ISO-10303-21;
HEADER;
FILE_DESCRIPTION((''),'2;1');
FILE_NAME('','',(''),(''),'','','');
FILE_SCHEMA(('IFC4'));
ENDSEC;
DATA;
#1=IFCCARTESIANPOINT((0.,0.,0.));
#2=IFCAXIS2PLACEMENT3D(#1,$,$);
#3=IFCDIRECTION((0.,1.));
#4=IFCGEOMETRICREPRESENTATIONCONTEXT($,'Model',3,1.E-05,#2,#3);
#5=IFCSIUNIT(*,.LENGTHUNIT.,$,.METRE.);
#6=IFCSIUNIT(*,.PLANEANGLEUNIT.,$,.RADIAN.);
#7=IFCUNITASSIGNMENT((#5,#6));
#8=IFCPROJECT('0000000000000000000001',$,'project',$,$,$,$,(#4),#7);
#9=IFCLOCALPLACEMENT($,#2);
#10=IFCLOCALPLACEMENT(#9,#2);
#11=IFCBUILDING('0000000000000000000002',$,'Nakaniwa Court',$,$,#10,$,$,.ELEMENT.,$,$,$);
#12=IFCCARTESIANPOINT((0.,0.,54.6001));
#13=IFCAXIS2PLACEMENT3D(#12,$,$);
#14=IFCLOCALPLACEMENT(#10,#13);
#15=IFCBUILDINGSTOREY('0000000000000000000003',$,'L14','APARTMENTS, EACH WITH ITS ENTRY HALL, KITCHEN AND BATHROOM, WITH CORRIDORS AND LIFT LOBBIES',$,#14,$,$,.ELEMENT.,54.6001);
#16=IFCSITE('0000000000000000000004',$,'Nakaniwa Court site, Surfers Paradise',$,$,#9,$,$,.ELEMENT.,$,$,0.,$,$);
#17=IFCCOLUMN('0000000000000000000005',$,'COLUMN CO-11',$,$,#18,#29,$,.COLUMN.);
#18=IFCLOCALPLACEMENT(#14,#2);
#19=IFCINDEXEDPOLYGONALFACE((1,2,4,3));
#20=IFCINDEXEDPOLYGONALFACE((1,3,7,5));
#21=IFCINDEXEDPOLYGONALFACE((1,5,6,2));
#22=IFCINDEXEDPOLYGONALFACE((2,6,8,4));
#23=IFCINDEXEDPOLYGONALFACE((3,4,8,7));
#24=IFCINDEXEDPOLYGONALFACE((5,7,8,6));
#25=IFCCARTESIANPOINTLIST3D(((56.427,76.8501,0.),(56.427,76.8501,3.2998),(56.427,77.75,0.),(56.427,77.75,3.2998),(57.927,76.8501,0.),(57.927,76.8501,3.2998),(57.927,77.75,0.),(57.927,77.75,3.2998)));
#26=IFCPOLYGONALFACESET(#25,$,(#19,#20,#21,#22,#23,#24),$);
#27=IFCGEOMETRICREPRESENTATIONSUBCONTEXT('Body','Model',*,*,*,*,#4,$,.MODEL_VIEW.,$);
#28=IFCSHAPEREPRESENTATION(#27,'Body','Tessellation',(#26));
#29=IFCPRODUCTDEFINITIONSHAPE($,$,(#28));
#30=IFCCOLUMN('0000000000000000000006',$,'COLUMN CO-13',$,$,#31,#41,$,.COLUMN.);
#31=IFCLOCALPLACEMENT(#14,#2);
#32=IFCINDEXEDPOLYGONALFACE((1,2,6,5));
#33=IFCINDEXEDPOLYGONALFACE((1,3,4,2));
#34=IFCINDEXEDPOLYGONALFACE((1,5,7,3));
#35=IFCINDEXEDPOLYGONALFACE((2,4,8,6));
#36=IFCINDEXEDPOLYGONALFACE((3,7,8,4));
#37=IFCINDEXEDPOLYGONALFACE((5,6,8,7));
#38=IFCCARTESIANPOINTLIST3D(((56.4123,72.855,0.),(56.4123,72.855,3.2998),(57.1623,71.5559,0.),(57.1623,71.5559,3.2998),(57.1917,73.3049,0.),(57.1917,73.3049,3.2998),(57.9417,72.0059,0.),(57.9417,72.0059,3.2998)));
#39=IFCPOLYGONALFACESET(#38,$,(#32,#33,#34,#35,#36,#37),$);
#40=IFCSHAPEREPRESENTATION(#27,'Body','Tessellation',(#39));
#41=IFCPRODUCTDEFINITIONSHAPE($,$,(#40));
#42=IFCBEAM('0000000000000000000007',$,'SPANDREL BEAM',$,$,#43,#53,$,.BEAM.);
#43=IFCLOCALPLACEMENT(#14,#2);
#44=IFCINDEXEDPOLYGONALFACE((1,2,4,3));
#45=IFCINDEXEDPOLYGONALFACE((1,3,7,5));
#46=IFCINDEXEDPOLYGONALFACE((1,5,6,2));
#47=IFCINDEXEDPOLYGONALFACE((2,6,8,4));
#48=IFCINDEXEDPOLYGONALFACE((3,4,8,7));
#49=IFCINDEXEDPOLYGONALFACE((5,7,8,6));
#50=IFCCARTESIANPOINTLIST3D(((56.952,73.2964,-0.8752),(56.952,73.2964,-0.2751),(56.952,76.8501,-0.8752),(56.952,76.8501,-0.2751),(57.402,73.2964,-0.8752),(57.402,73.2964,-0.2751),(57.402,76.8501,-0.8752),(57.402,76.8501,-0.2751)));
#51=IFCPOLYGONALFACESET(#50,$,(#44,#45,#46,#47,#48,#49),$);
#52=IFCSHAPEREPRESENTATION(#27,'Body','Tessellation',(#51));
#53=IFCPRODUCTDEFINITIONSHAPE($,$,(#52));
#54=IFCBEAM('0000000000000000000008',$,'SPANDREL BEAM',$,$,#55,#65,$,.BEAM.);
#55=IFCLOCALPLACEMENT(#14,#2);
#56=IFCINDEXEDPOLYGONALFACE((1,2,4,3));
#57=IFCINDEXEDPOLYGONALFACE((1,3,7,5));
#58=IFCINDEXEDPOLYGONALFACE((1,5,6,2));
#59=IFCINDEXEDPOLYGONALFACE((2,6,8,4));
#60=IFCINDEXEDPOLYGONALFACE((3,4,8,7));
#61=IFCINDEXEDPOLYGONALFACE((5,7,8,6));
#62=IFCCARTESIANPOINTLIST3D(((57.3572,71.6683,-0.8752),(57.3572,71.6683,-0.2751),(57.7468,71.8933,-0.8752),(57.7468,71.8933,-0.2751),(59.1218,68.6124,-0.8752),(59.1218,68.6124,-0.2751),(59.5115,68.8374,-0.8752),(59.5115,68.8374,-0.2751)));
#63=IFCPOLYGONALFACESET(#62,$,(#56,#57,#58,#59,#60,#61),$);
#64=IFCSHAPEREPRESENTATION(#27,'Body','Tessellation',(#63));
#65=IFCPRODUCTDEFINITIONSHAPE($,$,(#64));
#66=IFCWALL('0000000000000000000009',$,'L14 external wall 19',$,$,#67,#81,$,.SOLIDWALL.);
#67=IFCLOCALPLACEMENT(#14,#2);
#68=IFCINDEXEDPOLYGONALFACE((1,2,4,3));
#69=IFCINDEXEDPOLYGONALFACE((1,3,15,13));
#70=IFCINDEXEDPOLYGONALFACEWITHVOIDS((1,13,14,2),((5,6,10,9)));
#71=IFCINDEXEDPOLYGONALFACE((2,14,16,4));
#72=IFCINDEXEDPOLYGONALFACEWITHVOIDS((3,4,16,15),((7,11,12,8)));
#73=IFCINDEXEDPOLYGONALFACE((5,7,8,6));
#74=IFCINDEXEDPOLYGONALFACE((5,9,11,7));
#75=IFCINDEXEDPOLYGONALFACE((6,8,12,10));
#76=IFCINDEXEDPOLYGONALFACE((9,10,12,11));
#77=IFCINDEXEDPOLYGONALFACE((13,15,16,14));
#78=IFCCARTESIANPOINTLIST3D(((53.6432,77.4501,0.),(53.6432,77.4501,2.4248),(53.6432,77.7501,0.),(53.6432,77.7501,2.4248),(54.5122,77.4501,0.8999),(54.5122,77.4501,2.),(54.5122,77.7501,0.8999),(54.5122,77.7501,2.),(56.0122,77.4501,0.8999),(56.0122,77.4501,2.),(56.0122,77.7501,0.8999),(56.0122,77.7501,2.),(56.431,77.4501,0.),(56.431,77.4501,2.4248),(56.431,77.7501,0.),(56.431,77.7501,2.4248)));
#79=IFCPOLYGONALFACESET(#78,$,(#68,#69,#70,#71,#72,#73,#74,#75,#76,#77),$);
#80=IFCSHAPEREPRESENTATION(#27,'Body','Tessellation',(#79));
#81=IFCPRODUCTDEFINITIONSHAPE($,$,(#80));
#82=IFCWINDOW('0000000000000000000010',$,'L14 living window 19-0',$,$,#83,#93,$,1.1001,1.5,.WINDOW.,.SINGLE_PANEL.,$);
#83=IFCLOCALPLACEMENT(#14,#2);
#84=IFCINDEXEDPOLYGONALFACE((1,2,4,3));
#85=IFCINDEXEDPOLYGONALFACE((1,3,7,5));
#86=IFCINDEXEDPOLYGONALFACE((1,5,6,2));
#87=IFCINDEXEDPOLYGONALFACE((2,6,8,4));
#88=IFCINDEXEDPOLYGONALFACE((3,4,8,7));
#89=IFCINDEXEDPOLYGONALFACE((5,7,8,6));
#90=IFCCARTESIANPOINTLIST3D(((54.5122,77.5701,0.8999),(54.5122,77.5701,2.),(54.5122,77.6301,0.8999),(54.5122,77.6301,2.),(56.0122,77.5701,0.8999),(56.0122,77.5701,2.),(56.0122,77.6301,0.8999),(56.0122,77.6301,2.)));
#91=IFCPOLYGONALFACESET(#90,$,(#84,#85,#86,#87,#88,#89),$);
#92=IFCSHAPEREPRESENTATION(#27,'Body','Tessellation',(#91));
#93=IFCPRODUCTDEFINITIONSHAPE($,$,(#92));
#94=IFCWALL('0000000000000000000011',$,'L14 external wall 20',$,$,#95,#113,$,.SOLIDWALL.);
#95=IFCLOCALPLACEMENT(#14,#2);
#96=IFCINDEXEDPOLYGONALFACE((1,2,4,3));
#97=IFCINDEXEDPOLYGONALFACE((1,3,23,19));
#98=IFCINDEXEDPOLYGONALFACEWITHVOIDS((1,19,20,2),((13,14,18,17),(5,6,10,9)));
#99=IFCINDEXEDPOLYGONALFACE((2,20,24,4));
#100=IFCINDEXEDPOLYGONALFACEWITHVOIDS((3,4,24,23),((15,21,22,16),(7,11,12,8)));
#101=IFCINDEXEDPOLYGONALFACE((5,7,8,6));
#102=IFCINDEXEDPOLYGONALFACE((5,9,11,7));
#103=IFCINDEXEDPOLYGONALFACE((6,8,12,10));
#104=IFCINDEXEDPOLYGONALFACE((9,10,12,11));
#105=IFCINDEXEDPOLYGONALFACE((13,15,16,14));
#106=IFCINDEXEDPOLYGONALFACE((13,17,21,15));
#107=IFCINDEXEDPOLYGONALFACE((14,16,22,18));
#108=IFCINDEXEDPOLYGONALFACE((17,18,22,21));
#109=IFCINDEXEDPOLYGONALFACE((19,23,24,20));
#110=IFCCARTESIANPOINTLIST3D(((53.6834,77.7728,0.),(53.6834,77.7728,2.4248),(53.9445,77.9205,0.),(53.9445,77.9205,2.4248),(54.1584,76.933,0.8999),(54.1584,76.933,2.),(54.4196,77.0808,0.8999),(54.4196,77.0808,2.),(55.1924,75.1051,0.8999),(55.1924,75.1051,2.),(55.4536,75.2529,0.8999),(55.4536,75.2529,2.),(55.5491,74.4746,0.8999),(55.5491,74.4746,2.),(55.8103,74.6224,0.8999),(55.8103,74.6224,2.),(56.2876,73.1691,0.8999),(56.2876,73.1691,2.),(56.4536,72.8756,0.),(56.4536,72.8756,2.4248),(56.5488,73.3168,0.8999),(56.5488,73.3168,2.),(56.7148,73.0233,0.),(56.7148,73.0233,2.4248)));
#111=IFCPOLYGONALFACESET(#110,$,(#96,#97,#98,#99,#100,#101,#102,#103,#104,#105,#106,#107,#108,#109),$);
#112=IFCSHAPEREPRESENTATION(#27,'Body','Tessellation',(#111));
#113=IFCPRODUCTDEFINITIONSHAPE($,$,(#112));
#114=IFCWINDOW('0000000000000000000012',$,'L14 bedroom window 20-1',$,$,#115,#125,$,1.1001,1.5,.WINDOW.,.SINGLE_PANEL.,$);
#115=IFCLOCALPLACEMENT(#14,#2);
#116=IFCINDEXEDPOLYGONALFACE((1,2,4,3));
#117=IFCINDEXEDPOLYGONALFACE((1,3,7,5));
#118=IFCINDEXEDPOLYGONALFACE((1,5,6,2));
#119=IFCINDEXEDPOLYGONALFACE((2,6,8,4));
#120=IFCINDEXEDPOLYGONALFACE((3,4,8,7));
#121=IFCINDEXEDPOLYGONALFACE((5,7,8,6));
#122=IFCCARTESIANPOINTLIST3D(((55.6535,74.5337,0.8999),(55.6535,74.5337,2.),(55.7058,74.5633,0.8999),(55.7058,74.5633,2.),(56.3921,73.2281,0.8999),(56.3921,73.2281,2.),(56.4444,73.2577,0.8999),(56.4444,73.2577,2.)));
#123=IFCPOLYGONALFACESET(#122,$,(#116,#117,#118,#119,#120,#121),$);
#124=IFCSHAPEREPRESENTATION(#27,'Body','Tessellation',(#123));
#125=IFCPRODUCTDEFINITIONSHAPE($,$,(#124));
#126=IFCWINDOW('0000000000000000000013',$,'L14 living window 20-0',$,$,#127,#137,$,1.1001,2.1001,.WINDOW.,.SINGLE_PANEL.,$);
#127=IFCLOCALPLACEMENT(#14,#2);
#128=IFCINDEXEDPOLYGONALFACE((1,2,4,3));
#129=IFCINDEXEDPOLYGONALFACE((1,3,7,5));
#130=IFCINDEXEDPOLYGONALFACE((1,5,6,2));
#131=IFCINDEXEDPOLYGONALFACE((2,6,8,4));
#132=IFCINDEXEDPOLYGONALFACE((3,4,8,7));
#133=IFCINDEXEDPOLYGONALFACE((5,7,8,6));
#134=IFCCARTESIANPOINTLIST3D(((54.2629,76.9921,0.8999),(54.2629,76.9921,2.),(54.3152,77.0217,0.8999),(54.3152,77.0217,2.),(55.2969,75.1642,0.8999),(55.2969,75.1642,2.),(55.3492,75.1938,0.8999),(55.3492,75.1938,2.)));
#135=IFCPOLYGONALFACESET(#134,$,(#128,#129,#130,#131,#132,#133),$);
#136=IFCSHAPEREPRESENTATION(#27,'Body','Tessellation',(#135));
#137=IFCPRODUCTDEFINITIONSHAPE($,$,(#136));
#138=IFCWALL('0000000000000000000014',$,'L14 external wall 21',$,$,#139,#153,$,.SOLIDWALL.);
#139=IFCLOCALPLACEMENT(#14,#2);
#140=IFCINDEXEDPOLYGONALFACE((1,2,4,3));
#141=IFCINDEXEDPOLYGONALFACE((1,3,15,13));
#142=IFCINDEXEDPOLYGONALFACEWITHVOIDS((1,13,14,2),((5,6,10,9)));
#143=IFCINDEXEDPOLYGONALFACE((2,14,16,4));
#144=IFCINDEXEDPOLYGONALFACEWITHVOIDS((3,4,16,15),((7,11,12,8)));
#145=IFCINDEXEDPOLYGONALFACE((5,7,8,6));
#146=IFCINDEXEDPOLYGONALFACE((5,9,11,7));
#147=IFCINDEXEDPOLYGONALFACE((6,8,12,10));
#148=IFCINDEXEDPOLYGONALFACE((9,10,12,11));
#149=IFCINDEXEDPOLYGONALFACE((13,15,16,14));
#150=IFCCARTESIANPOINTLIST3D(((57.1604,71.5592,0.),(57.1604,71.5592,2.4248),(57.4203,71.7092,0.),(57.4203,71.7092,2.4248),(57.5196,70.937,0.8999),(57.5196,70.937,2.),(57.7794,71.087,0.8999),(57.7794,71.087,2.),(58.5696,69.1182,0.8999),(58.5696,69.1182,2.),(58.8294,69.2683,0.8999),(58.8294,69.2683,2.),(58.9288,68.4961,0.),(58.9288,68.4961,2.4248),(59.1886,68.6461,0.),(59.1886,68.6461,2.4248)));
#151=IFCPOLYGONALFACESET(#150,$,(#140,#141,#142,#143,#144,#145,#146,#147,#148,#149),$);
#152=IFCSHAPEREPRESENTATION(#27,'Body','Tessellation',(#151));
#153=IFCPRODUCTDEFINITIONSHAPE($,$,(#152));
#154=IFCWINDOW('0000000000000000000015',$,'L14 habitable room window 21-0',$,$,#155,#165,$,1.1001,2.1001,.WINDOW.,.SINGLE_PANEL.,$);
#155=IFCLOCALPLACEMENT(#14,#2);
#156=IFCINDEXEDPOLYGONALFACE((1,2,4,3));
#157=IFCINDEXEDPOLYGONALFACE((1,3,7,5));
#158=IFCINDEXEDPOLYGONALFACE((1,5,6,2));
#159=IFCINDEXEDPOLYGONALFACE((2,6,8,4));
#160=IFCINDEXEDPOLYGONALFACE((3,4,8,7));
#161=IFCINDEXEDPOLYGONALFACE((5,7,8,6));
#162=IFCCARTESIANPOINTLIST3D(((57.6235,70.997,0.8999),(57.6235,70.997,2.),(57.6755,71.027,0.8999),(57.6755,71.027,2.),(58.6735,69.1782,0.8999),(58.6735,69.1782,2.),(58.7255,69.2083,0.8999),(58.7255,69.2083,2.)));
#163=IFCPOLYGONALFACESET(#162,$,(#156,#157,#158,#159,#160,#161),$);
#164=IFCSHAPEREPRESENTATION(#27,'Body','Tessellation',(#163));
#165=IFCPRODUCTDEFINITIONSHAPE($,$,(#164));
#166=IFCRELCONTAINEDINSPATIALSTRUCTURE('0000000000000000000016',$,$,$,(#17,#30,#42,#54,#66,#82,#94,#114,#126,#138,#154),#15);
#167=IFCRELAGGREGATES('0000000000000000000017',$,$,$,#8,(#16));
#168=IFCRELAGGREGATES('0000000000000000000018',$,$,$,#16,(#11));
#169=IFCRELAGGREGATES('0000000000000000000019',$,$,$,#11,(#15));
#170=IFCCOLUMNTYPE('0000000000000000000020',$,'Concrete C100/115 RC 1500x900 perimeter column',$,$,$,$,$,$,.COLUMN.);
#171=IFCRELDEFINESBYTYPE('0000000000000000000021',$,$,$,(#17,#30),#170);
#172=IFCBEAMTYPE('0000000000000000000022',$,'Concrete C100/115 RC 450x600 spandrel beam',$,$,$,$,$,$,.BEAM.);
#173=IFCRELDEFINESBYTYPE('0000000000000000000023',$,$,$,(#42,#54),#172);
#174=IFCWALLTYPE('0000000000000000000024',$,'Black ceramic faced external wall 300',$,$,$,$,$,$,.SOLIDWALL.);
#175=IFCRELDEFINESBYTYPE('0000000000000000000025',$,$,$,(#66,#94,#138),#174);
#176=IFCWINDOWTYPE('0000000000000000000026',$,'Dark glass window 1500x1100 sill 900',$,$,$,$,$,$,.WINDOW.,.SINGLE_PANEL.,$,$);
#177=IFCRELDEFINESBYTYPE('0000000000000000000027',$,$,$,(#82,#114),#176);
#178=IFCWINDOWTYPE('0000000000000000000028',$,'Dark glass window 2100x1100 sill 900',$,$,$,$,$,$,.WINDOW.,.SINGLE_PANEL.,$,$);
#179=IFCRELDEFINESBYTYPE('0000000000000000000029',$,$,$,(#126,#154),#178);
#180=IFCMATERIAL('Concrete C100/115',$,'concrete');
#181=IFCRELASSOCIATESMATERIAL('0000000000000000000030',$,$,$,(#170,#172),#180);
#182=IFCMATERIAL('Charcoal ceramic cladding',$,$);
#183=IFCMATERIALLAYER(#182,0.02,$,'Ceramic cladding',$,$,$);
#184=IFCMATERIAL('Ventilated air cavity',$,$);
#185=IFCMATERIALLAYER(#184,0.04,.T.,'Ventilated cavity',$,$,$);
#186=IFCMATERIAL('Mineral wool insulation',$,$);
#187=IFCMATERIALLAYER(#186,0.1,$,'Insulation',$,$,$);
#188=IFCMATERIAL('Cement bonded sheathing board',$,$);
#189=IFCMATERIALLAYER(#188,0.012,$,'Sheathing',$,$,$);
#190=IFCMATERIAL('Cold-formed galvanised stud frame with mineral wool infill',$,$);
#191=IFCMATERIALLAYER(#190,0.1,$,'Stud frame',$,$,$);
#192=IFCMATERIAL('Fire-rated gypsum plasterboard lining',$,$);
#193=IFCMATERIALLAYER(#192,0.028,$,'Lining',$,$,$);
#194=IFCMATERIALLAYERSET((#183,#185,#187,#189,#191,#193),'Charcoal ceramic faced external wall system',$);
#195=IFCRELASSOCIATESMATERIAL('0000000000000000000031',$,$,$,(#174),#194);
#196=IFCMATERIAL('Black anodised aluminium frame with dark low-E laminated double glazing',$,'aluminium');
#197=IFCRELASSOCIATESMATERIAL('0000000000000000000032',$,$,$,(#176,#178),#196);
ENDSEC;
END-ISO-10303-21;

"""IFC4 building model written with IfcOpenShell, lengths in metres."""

from ifc_helpers import new_model, si_unit, direction, frame, frame_2d, origin, origin_2d, place, context, subcontext, project, spatial, rectangle, extrude, material, layer, layer_set, material_profile, profile_set, type_object, element, fill, save


model = new_model("IFC4")

# Units and contexts
model_context = context("Model", 3, precision=1e-05, world=origin(), true_north=direction((0.0, 1.0)))
body_context = subcontext(model_context, "Body", "Model", "MODEL_VIEW")
ifc_project = project(units=[si_unit("LENGTHUNIT", "METRE"), si_unit("PLANEANGLEUNIT", "RADIAN")], contexts=[model_context])

# Site, building, storey
site_placement = place(None, origin())
site = spatial("IfcSite", under=ifc_project, at=site_placement, Name="Nakaniwa Court site, Surfers Paradise", CompositionType="ELEMENT", RefElevation=0.0)
building_placement = place(site_placement, origin())
building = spatial("IfcBuilding", under=site, at=building_placement, Name="Nakaniwa Court", CompositionType="ELEMENT")
storey_placement = place(building_placement, frame((0.0, 0.0, 54.6001)))
storey = spatial("IfcBuildingStorey", under=building, at=storey_placement, Name="L14", Description="APARTMENTS, EACH WITH ITS ENTRY HALL, KITCHEN AND BATHROOM, WITH CORRIDORS AND LIFT LOBBIES", CompositionType="ELEMENT", Elevation=54.6001)

# Columns
ifc_material_1 = material(Name="Concrete C100/115", Category="concrete")
ifc_material_profile_1 = material_profile(ifc_material_1, rectangle(XDim=1.5, YDim=0.8999, at=origin_2d()), Name="Concrete C100/115 RC 1500x900 perimeter column")
ifc_profile_set_1 = profile_set([ifc_material_profile_1], Name="Concrete C100/115")
column_type = type_object("IfcColumnType", Name="Concrete C100/115 RC 1500x900 perimeter column", PredefinedType="COLUMN", material=ifc_profile_set_1)
for number, where, z_axis, x_axis, name in (
    (1, (57.177, 77.3, 0.0), (0.0, 0.0, 1.0), (-1.0, 0.0, 0.0), "COLUMN CO-11"),
    (2, (57.177, 72.4304, 0.0), (0.0, 0.0, 1.0), (0.5, -0.866025, 0.0), "COLUMN CO-13"),
):
    element("IfcColumn", number, at=place(storey_placement, frame(where, z_axis=z_axis, x_axis=x_axis)), inside=storey, type_object=column_type, Name=name, PredefinedType="COLUMN", context=body_context, shape_type="SweptSolid", body=[
        extrude(rectangle(XDim=1.5, YDim=0.8999, at=origin_2d()), origin(), (0.0, 0.0, 1.0), 3.2998),
    ])

# Beams
ifc_material_profile_2 = material_profile(ifc_material_1, rectangle(XDim=0.45, YDim=0.6001, at=origin_2d()), Name="Concrete C100/115 RC 450x600 spandrel beam")
ifc_profile_set_2 = profile_set([ifc_material_profile_2], Name="Concrete C100/115")
beam_type = type_object("IfcBeamType", Name="Concrete C100/115 RC 450x600 spandrel beam", PredefinedType="BEAM", material=ifc_profile_set_2)
beam_1_placement = place(storey_placement, frame((57.177, 76.8501, -0.5752), z_axis=(0.0, -1.0, 0.0), x_axis=(1.0, 0.0, 0.0)))
element("IfcBeam", 3, at=beam_1_placement, inside=storey, type_object=beam_type, Name="SPANDREL BEAM", PredefinedType="BEAM", context=body_context, shape_type="SweptSolid", body=[
    extrude(rectangle(XDim=0.45, YDim=0.6001, at=origin_2d()), origin(), (0.0, 0.0, 1.0), 3.5537),
])
beam_2_placement = place(storey_placement, frame((57.552, 71.7808, -0.5752), z_axis=(0.500068, -0.865986, 0.0), x_axis=(0.865986, 0.500068, 0.0)))
element("IfcBeam", 4, at=beam_2_placement, inside=storey, type_object=beam_type, Name="SPANDREL BEAM", PredefinedType="BEAM", context=body_context, shape_type="SweptSolid", body=[
    extrude(rectangle(XDim=0.45, YDim=0.6001, at=origin_2d()), origin(), (0.0, 0.0, 1.0), 3.5288),
])

# Wall, opening, window
ifc_material_2 = material(Name="Charcoal ceramic cladding")
ifc_layer_1 = layer(ifc_material_2, 0.02, Name="Ceramic cladding")
ifc_material_3 = material(Name="Ventilated air cavity")
ifc_layer_2 = layer(ifc_material_3, 0.04, ventilated=True, Name="Ventilated cavity")
ifc_material_4 = material(Name="Mineral wool insulation")
ifc_layer_3 = layer(ifc_material_4, 0.1, Name="Insulation")
ifc_material_5 = material(Name="Cement bonded sheathing board")
ifc_layer_4 = layer(ifc_material_5, 0.012, Name="Sheathing")
ifc_material_6 = material(Name="Cold-formed galvanised stud frame with mineral wool infill")
ifc_layer_5 = layer(ifc_material_6, 0.1, Name="Stud frame")
ifc_material_7 = material(Name="Fire-rated gypsum plasterboard lining")
ifc_layer_6 = layer(ifc_material_7, 0.028, Name="Lining")
ifc_layer_set_1 = layer_set([ifc_layer_1, ifc_layer_2, ifc_layer_3, ifc_layer_4, ifc_layer_5, ifc_layer_6], Name="Charcoal ceramic faced external wall system")
wall_type_1 = type_object("IfcWallType", Name="Black ceramic faced external wall 300", PredefinedType="SOLIDWALL", material=ifc_layer_set_1)
wall_1_placement = place(storey_placement, frame((56.4312, 77.6001, 0.0), z_axis=(0.0, 0.0, 1.0), x_axis=(-1.0, 0.0, 0.0)))
wall_1 = element("IfcWall", 5, at=wall_1_placement, inside=storey, type_object=wall_type_1, Name="L14 external wall 19", PredefinedType="SOLIDWALL", context=body_context, shape_type="SweptSolid", body=[
    extrude(rectangle(XDim=2.7878, YDim=0.3, at=frame_2d((1.394, 0.0))), origin(), (0.0, 0.0, 1.0), 2.4248),
])
opening_1_placement = place(wall_1_placement, frame((0.4189, 0.0, 0.8999)))
opening_1 = element("IfcOpeningElement", 6, at=opening_1_placement, cuts=wall_1, PredefinedType="OPENING", context=body_context, shape_type="SweptSolid", body=[
    extrude(rectangle(XDim=1.5, YDim=1.1001, at=frame_2d((0.75, 0.55))), frame((0.0, 0.1599, 0.0), z_axis=(0.0, -1.0, 0.0), x_axis=(1.0, 0.0, 0.0)), (0.0, 0.0, 1.0), 0.3201),
])
ifc_material_8 = material(Name="Black anodised aluminium frame with dark low-E laminated double glazing", Category="aluminium")
window_type_1 = type_object("IfcWindowType", Name="Dark glass window 1500x1100 sill 900", PartitioningType="SINGLE_PANEL", PredefinedType="WINDOW", material=ifc_material_8)
window_1_placement = place(opening_1_placement, origin())
window_1 = element("IfcWindow", 7, at=window_1_placement, inside=storey, type_object=window_type_1, Name="L14 living window 19-0", OverallHeight=1.1001, OverallWidth=1.5, PartitioningType="SINGLE_PANEL", PredefinedType="WINDOW", context=body_context, shape_type="SweptSolid", body=[
    extrude(rectangle(XDim=1.5, YDim=1.1001, at=frame_2d((0.75, 0.55))), frame((0.0, 0.03, 0.0), z_axis=(0.0, -1.0, 0.0), x_axis=(1.0, 0.0, 0.0)), (0.0, 0.0, 1.0), 0.0601),
])
fill(opening_1, window_1)

# Wall, openings, windows
wall_2_placement = place(storey_placement, frame((53.814, 77.8467, 0.0), z_axis=(0.0, 0.0, 1.0), x_axis=(0.492363, -0.87039, 0.0)))
wall_2 = element("IfcWall", 8, at=wall_2_placement, inside=storey, type_object=wall_type_1, Name="L14 external wall 20", PredefinedType="SOLIDWALL", context=body_context, shape_type="SweptSolid", body=[
    extrude(rectangle(XDim=5.6265, YDim=0.3, at=frame_2d((2.8132, 0.0))), origin(), (0.0, 0.0, 1.0), 2.4248),
])
opening_2_placement = place(wall_2_placement, frame((0.9648, 0.0, 0.8999)))
opening_2 = element("IfcOpeningElement", 9, at=opening_2_placement, cuts=wall_2, PredefinedType="OPENING", context=body_context, shape_type="SweptSolid", body=[
    extrude(rectangle(XDim=2.1001, YDim=1.1001, at=frame_2d((1.05, 0.55))), frame((0.0, 0.1599, 0.0), z_axis=(0.0, -1.0, 0.0), x_axis=(1.0, 0.0, 0.0)), (0.0, 0.0, 1.0), 0.3201),
])
opening_3_placement = place(wall_2_placement, frame((3.7893, 0.0, 0.8999)))
opening_3 = element("IfcOpeningElement", 10, at=opening_3_placement, cuts=wall_2, PredefinedType="OPENING", context=body_context, shape_type="SweptSolid", body=[
    extrude(rectangle(XDim=1.5, YDim=1.1001, at=frame_2d((0.75, 0.55))), frame((0.0, 0.1599, 0.0), z_axis=(0.0, -1.0, 0.0), x_axis=(1.0, 0.0, 0.0)), (0.0, 0.0, 1.0), 0.3201),
])
window_2_placement = place(opening_3_placement, origin())
window_2 = element("IfcWindow", 11, at=window_2_placement, inside=storey, type_object=window_type_1, Name="L14 bedroom window 20-1", OverallHeight=1.1001, OverallWidth=1.5, PartitioningType="SINGLE_PANEL", PredefinedType="WINDOW", context=body_context, shape_type="SweptSolid", body=[
    extrude(rectangle(XDim=1.5, YDim=1.1001, at=frame_2d((0.75, 0.55))), frame((0.0, 0.03, 0.0), z_axis=(0.0, -1.0, 0.0), x_axis=(1.0, 0.0, 0.0)), (0.0, 0.0, 1.0), 0.0601),
])
fill(opening_3, window_2)
window_type_2 = type_object("IfcWindowType", Name="Dark glass window 2100x1100 sill 900", PartitioningType="SINGLE_PANEL", PredefinedType="WINDOW", material=ifc_material_8)
window_3_placement = place(opening_2_placement, origin())
window_3 = element("IfcWindow", 12, at=window_3_placement, inside=storey, type_object=window_type_2, Name="L14 living window 20-0", OverallHeight=1.1001, OverallWidth=2.1001, PartitioningType="SINGLE_PANEL", PredefinedType="WINDOW", context=body_context, shape_type="SweptSolid", body=[
    extrude(rectangle(XDim=2.1001, YDim=1.1001, at=frame_2d((1.05, 0.55))), frame((0.0, 0.03, 0.0), z_axis=(0.0, -1.0, 0.0), x_axis=(1.0, 0.0, 0.0)), (0.0, 0.0, 1.0), 0.0601),
])
fill(opening_2, window_3)

# Wall, opening, window
wall_3_placement = place(storey_placement, frame((57.2903, 71.6343, 0.0), z_axis=(0.0, 0.0, 1.0), x_axis=(0.499977, -0.866038, 0.0)))
wall_3 = element("IfcWall", 13, at=wall_3_placement, inside=storey, type_object=wall_type_1, Name="L14 external wall 21", PredefinedType="SOLIDWALL", context=body_context, shape_type="SweptSolid", body=[
    extrude(rectangle(XDim=3.5369, YDim=0.3, at=frame_2d((1.7686, 0.0))), origin(), (0.0, 0.0, 1.0), 2.4248),
])
opening_4_placement = place(wall_3_placement, frame((0.7185, 0.0, 0.8999)))
opening_4 = element("IfcOpeningElement", 14, at=opening_4_placement, cuts=wall_3, PredefinedType="OPENING", context=body_context, shape_type="SweptSolid", body=[
    extrude(rectangle(XDim=2.1001, YDim=1.1001, at=frame_2d((1.05, 0.55))), frame((0.0, 0.1599, 0.0), z_axis=(0.0, -1.0, 0.0), x_axis=(1.0, 0.0, 0.0)), (0.0, 0.0, 1.0), 0.3201),
])
window_4_placement = place(opening_4_placement, origin())
window_4 = element("IfcWindow", 15, at=window_4_placement, inside=storey, type_object=window_type_2, Name="L14 habitable room window 21-0", OverallHeight=1.1001, OverallWidth=2.1001, PartitioningType="SINGLE_PANEL", PredefinedType="WINDOW", context=body_context, shape_type="SweptSolid", body=[
    extrude(rectangle(XDim=2.1001, YDim=1.1001, at=frame_2d((1.05, 0.55))), frame((0.0, 0.03, 0.0), z_axis=(0.0, -1.0, 0.0), x_axis=(1.0, 0.0, 0.0)), (0.0, 0.0, 1.0), 0.0601),
])
fill(opening_4, window_4)

save(model, "model.ifc")
